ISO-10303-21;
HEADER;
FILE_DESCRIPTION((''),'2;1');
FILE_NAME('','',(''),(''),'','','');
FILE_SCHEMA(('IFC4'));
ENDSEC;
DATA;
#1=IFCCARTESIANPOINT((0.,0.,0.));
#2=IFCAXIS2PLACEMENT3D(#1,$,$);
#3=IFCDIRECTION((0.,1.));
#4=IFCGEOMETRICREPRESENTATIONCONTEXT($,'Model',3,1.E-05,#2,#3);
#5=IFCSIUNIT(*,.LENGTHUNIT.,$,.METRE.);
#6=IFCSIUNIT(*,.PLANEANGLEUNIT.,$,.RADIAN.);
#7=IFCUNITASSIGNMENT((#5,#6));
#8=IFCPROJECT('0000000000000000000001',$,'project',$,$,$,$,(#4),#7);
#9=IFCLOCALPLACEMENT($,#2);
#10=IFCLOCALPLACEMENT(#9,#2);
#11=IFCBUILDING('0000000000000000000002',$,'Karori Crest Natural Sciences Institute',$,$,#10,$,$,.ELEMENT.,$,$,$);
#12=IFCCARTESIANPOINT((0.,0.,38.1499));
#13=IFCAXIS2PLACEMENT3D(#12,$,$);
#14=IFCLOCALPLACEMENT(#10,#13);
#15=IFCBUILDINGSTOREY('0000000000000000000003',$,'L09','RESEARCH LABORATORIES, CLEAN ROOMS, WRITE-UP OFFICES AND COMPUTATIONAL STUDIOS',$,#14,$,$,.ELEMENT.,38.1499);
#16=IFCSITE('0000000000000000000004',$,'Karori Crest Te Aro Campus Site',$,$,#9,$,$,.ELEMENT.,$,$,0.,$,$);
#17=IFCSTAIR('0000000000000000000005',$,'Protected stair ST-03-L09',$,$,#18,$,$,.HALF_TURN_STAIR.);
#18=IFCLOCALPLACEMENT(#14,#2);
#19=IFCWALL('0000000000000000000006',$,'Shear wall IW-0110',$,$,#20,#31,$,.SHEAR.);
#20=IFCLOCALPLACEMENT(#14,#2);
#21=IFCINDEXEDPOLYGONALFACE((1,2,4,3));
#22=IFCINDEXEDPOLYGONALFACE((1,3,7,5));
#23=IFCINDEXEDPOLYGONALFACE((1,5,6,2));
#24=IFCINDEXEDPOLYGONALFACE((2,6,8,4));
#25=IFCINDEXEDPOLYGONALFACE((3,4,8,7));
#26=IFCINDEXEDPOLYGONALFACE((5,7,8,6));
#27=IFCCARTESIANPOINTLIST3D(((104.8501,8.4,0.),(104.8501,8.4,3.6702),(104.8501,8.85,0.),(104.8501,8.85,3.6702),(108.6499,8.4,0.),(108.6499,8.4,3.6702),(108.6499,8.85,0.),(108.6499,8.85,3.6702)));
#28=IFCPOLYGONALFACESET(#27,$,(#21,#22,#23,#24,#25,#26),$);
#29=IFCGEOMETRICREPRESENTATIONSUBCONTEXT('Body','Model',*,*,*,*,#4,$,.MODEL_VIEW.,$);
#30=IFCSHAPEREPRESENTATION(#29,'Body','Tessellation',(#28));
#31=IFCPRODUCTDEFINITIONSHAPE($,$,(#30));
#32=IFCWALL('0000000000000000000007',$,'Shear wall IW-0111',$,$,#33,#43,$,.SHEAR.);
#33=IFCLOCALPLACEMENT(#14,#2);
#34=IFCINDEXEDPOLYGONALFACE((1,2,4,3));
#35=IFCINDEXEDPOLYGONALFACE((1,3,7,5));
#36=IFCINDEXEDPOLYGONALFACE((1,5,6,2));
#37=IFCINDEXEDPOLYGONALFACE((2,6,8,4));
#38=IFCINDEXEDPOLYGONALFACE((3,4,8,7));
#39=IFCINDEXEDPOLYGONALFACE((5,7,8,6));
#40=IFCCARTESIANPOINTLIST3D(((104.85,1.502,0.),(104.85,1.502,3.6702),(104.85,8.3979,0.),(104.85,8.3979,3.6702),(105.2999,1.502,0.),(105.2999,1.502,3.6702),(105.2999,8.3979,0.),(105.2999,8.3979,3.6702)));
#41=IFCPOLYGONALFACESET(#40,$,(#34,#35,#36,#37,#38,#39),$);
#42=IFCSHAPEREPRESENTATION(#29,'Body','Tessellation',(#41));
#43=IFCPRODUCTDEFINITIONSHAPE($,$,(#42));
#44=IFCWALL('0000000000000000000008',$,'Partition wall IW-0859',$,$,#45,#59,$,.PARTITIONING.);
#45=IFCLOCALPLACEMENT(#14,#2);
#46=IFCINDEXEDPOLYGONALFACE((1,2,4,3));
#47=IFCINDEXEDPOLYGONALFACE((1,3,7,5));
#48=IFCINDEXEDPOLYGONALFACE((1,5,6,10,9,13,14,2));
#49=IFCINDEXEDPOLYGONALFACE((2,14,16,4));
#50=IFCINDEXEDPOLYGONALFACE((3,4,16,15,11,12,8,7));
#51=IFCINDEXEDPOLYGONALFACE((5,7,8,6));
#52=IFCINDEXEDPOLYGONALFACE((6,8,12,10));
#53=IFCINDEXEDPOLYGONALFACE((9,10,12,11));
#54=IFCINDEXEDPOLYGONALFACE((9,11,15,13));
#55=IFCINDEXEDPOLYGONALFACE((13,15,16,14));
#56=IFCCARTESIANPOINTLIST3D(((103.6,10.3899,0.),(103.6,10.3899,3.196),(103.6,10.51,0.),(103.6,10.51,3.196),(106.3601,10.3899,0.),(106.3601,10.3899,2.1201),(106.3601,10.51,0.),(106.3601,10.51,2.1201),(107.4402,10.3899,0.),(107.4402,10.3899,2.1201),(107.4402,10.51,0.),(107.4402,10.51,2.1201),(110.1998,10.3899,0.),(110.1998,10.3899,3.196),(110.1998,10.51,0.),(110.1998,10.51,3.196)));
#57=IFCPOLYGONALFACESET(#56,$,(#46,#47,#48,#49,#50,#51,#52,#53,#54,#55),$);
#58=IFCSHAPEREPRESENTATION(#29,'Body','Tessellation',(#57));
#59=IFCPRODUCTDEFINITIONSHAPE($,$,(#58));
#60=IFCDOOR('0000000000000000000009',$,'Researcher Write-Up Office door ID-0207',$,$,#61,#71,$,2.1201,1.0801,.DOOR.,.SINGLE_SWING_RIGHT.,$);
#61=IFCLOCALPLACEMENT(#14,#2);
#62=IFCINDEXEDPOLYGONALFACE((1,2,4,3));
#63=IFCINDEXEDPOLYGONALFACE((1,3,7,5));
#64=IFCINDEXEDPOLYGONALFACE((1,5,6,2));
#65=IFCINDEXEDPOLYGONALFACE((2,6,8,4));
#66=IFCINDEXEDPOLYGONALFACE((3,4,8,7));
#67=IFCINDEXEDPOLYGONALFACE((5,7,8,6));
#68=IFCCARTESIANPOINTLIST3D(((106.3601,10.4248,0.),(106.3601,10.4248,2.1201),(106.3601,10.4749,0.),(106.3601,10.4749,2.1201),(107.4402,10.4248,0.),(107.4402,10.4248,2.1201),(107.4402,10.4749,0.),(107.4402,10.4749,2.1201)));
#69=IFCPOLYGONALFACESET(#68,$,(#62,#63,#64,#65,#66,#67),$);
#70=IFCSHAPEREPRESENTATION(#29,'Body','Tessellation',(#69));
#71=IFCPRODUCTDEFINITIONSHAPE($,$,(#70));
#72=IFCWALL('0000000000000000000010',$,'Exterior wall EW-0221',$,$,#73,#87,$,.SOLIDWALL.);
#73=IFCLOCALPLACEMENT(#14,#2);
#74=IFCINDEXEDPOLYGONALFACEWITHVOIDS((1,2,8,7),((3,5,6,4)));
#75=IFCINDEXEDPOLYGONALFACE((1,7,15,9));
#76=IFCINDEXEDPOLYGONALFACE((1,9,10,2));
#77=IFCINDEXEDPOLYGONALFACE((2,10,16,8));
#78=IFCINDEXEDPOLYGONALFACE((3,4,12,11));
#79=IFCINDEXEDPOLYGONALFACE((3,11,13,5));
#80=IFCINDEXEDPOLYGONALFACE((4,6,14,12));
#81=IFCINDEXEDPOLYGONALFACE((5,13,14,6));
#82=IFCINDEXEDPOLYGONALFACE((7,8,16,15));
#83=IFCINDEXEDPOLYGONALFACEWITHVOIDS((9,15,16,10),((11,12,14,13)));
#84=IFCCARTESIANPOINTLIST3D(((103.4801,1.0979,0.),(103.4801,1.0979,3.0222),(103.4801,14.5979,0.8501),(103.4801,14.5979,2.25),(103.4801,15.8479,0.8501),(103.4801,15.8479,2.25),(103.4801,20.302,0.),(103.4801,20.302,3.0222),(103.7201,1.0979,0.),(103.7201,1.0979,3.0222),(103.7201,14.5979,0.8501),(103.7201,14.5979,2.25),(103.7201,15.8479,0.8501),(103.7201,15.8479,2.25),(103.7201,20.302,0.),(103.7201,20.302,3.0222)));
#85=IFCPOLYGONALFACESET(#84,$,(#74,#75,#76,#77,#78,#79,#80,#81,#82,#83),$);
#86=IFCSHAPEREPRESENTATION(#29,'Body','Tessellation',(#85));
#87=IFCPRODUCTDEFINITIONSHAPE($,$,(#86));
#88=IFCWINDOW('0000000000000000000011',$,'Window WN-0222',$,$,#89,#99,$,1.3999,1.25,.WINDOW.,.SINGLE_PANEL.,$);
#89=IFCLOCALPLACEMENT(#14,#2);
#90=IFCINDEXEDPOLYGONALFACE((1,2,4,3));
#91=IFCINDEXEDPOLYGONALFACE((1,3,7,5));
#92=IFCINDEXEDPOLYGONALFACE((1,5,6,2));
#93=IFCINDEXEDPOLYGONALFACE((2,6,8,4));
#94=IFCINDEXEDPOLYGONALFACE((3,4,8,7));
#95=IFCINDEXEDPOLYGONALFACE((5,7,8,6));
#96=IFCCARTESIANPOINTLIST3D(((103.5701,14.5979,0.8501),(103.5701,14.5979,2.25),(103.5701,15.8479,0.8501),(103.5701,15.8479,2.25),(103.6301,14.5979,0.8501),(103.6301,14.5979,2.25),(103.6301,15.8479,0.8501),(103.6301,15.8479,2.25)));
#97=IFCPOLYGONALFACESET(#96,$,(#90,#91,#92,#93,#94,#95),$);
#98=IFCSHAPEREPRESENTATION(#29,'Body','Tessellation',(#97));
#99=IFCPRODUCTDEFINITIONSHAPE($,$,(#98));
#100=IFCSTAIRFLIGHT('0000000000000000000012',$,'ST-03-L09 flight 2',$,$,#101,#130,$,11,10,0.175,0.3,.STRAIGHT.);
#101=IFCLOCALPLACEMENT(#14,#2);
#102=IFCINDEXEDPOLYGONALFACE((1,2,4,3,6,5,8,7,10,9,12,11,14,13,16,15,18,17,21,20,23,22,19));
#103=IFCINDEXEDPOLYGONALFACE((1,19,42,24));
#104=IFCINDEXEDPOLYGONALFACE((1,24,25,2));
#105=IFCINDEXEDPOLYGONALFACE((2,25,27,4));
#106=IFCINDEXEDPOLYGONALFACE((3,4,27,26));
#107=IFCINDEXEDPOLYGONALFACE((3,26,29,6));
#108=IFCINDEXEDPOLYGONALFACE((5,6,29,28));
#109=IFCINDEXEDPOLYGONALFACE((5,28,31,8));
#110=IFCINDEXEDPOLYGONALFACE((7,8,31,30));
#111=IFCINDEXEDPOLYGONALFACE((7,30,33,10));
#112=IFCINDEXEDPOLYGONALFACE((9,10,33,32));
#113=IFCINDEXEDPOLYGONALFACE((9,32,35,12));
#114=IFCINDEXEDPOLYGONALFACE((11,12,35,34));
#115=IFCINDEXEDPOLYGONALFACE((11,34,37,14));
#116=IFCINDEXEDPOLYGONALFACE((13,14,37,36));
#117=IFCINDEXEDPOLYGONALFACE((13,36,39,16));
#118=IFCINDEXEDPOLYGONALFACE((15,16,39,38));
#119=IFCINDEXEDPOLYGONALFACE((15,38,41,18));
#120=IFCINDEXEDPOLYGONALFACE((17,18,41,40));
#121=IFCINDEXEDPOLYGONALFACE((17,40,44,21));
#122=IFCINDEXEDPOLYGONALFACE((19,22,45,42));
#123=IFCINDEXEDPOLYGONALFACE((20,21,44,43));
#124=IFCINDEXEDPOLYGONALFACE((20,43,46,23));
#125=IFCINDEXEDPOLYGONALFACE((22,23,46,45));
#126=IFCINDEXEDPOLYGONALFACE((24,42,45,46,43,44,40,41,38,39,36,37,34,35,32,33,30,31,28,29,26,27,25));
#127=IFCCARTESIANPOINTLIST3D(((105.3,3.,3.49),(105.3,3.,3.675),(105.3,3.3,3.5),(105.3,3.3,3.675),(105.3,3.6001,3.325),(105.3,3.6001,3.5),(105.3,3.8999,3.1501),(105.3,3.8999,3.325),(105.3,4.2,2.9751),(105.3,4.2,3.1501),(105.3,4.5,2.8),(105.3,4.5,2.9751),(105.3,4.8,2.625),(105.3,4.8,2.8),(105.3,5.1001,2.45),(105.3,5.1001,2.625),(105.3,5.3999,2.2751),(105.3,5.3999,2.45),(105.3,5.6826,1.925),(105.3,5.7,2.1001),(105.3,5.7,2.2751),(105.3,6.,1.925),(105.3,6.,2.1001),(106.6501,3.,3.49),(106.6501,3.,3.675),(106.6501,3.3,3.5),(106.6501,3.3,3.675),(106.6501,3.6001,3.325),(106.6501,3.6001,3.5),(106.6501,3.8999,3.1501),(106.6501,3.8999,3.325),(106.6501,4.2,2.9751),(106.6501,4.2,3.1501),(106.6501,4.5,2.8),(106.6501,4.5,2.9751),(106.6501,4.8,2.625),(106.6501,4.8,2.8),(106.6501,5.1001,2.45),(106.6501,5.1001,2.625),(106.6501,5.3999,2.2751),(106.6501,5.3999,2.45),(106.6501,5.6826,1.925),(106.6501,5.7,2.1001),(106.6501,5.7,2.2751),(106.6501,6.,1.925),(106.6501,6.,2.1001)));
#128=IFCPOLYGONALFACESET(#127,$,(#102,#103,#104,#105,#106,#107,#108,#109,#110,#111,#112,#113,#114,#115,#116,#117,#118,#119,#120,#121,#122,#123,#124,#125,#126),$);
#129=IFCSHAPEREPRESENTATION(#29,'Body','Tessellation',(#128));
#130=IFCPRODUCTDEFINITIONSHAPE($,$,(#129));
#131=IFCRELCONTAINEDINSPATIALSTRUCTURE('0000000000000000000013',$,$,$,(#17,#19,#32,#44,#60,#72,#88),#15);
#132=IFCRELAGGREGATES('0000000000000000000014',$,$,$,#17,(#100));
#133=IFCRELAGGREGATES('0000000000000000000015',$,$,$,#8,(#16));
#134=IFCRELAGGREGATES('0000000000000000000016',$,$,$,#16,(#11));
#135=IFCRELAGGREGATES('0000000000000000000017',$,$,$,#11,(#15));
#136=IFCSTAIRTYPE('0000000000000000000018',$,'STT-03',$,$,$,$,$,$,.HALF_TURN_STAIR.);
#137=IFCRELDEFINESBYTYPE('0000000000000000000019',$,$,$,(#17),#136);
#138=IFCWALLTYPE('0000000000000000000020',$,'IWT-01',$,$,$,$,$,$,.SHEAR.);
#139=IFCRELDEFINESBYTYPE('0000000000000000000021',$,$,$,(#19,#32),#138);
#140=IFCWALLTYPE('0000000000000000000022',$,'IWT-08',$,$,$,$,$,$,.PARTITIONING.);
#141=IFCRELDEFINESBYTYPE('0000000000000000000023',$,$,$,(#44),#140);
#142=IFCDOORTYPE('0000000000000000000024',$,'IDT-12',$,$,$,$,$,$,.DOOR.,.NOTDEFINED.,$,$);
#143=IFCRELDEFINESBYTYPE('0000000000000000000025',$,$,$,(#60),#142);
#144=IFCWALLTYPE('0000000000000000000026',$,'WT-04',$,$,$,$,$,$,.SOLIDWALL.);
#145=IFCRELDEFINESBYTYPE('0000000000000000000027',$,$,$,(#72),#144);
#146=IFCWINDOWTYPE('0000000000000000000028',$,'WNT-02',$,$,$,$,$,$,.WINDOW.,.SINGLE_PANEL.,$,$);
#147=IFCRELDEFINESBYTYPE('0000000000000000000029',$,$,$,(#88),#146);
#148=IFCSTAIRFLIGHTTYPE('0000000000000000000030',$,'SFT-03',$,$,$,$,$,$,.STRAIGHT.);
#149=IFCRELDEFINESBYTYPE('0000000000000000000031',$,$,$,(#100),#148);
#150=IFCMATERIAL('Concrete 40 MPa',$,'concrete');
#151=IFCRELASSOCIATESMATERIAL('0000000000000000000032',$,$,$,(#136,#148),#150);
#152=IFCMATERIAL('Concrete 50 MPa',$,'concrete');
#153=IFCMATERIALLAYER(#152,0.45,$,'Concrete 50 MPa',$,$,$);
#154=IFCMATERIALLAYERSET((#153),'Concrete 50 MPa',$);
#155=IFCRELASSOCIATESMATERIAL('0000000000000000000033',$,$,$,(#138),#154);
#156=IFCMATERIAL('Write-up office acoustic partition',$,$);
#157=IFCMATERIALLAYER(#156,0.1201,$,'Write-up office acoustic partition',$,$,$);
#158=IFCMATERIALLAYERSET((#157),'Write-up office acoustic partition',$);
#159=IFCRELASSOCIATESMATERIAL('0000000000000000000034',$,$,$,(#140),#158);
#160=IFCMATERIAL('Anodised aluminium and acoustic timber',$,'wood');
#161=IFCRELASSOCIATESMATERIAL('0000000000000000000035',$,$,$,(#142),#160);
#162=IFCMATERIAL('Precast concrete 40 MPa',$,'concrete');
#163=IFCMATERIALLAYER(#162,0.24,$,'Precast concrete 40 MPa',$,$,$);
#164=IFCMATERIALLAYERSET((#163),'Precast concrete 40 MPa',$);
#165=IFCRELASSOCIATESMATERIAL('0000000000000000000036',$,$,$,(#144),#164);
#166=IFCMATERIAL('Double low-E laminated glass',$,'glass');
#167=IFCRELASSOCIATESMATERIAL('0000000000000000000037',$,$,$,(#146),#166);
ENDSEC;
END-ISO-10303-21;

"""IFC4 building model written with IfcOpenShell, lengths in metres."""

from ifc_helpers import new_model, si_unit, direction, frame, frame_2d, origin, place, context, subcontext, project, spatial, polyline, rectangle, outline, extrude, material, layer, layer_set, type_object, element, fill, aggregate, save


model = new_model("IFC4")

# Units and contexts
model_context = context("Model", 3, precision=1e-05, world=origin(), true_north=direction((0.0, 1.0)))
body_context = subcontext(model_context, "Body", "Model", "MODEL_VIEW")
ifc_project = project(units=[si_unit("LENGTHUNIT", "METRE"), si_unit("PLANEANGLEUNIT", "RADIAN")], contexts=[model_context])

# Site, building, storey
site_placement = place(None, origin())
site = spatial("IfcSite", under=ifc_project, at=site_placement, Name="Karori Crest Te Aro Campus Site", CompositionType="ELEMENT", RefElevation=0.0)
building_placement = place(site_placement, origin())
building = spatial("IfcBuilding", under=site, at=building_placement, Name="Karori Crest Natural Sciences Institute", CompositionType="ELEMENT")
storey_placement = place(building_placement, frame((0.0, 0.0, 38.1499)))
storey = spatial("IfcBuildingStorey", under=building, at=storey_placement, Name="L09", Description="RESEARCH LABORATORIES, CLEAN ROOMS, WRITE-UP OFFICES AND COMPUTATIONAL STUDIOS", CompositionType="ELEMENT", Elevation=38.1499)

# Shared definitions
ifc_material_1 = material(Name="Concrete 50 MPa", Category="concrete")

# Shared definitions
ifc_material_2 = material(Name="Double low-E laminated glass", Category="glass")

# Shared definitions
ifc_material_3 = material(Name="Concrete 40 MPa", Category="concrete")

# Stair
stair_type = type_object("IfcStairType", Name="STT-03", PredefinedType="HALF_TURN_STAIR", material=ifc_material_3)
stair_1_placement = place(storey_placement, origin())
stair_1 = element("IfcStair", 1, at=stair_1_placement, inside=storey, type_object=stair_type, Name="Protected stair ST-03-L09", PredefinedType="HALF_TURN_STAIR")

# Walls
ifc_layer_1 = layer(ifc_material_1, 0.45, Name="Concrete 50 MPa")
ifc_layer_set_1 = layer_set([ifc_layer_1], Name="Concrete 50 MPa")
wall_type_1 = type_object("IfcWallType", Name="IWT-01", PredefinedType="SHEAR", material=ifc_layer_set_1)
for number, where, z_axis, x_axis, name in (
    (2, (104.8501, 8.625, 0.0), (0.0, 0.0, 1.0), (1.0, 0.0, 0.0), "Shear wall IW-0110"),
):
    element("IfcWall", number, at=place(storey_placement, frame(where, z_axis=z_axis, x_axis=x_axis)), inside=storey, type_object=wall_type_1, Name=name, PredefinedType="SHEAR", context=body_context, shape_type="SweptSolid", body=[
        extrude(rectangle(XDim=3.7998, YDim=0.45, at=frame_2d((1.8999, 0.0))), origin(), (0.0, 0.0, 1.0), 3.6702),
    ])
wall_1_placement = place(storey_placement, frame((105.075, 1.502, 0.0), z_axis=(0.0, 0.0, 1.0), x_axis=(0.0, 1.0, 0.0)))
element("IfcWall", 3, at=wall_1_placement, inside=storey, type_object=wall_type_1, Name="Shear wall IW-0111", PredefinedType="SHEAR", context=body_context, shape_type="SweptSolid", body=[
    extrude(rectangle(XDim=6.896, YDim=0.45, at=frame_2d((3.448, 0.0))), origin(), (0.0, 0.0, 1.0), 3.6702),
])

# Wall, opening, door
ifc_material_4 = material(Name="Write-up office acoustic partition")
ifc_layer_2 = layer(ifc_material_4, 0.1201, Name="Write-up office acoustic partition")
ifc_layer_set_2 = layer_set([ifc_layer_2], Name="Write-up office acoustic partition")
wall_type_2 = type_object("IfcWallType", Name="IWT-08", PredefinedType="PARTITIONING", material=ifc_layer_set_2)
wall_2_placement = place(storey_placement, frame((103.6001, 10.45, 0.0), z_axis=(0.0, 0.0, 1.0), x_axis=(1.0, 0.0, 0.0)))
wall_2 = element("IfcWall", 4, at=wall_2_placement, inside=storey, type_object=wall_type_2, Name="Partition wall IW-0859", PredefinedType="PARTITIONING", context=body_context, shape_type="SweptSolid", body=[
    extrude(rectangle(XDim=6.5999, YDim=0.1201, at=frame_2d((3.2998, 0.0))), origin(), (0.0, 0.0, 1.0), 3.196),
])
opening_1_placement = place(wall_2_placement, frame((2.76, 0.0, 0.0)))
opening_1 = element("IfcOpeningElement", 5, at=opening_1_placement, cuts=wall_2, PredefinedType="OPENING", context=body_context, shape_type="SweptSolid", body=[
    extrude(rectangle(XDim=1.0801, YDim=2.1201, at=frame_2d((0.54, 1.0601))), frame((0.0, 0.0701, 0.0), z_axis=(0.0, -1.0, 0.0), x_axis=(1.0, 0.0, 0.0)), (0.0, 0.0, 1.0), 0.1401),
])
ifc_material_5 = material(Name="Anodised aluminium and acoustic timber", Category="wood")
door_type = type_object("IfcDoorType", Name="IDT-12", OperationType="NOTDEFINED", PredefinedType="DOOR", material=ifc_material_5)
door_placement = place(opening_1_placement, origin())
door = element("IfcDoor", 6, at=door_placement, inside=storey, type_object=door_type, Name="Researcher Write-Up Office door ID-0207", OperationType="SINGLE_SWING_RIGHT", OverallHeight=2.1201, OverallWidth=1.0801, PredefinedType="DOOR", context=body_context, shape_type="SweptSolid", body=[
    extrude(rectangle(XDim=1.0801, YDim=2.1201, at=frame_2d((0.54, 1.0601))), frame((0.0, 0.0249, 0.0), z_axis=(0.0, -1.0, 0.0), x_axis=(1.0, 0.0, 0.0)), (0.0, 0.0, 1.0), 0.05),
])
fill(opening_1, door)

# Wall, opening, window
ifc_material_6 = material(Name="Precast concrete 40 MPa", Category="concrete")
ifc_layer_3 = layer(ifc_material_6, 0.24, Name="Precast concrete 40 MPa")
ifc_layer_set_3 = layer_set([ifc_layer_3], Name="Precast concrete 40 MPa")
wall_type_3 = type_object("IfcWallType", Name="WT-04", PredefinedType="SOLIDWALL", material=ifc_layer_set_3)
wall_3_placement = place(storey_placement, frame((103.6001, 1.0979, 0.0), z_axis=(0.0, 0.0, 1.0), x_axis=(0.0, 1.0, 0.0)))
wall_3 = element("IfcWall", 7, at=wall_3_placement, inside=storey, type_object=wall_type_3, Name="Exterior wall EW-0221", PredefinedType="SOLIDWALL", context=body_context, shape_type="SweptSolid", body=[
    extrude(rectangle(XDim=19.2041, YDim=0.24, at=frame_2d((9.6021, 0.0))), origin(), (0.0, 0.0, 1.0), 3.0222),
])
opening_2_placement = place(wall_3_placement, frame((13.5, 0.0, 0.8501)))
opening_2 = element("IfcOpeningElement", 8, at=opening_2_placement, cuts=wall_3, PredefinedType="OPENING", context=body_context, shape_type="SweptSolid", body=[
    extrude(rectangle(XDim=1.25, YDim=1.3999, at=frame_2d((0.625, 0.7))), frame((0.0, 0.1299, 0.0), z_axis=(0.0, -1.0, 0.0), x_axis=(1.0, 0.0, 0.0)), (0.0, 0.0, 1.0), 0.26),
])
window_type = type_object("IfcWindowType", Name="WNT-02", PartitioningType="SINGLE_PANEL", PredefinedType="WINDOW", material=ifc_material_2)
window_placement = place(opening_2_placement, origin())
window = element("IfcWindow", 9, at=window_placement, inside=storey, type_object=window_type, Name="Window WN-0222", OverallHeight=1.3999, OverallWidth=1.25, PartitioningType="SINGLE_PANEL", PredefinedType="WINDOW", context=body_context, shape_type="SweptSolid", body=[
    extrude(rectangle(XDim=1.25, YDim=1.3999, at=frame_2d((0.625, 0.7))), frame((0.0, 0.03, 0.0), z_axis=(0.0, -1.0, 0.0), x_axis=(1.0, 0.0, 0.0)), (0.0, 0.0, 1.0), 0.0601),
])
fill(opening_2, window)

# Stair flight
stair_flight_type = type_object("IfcStairFlightType", Name="SFT-03", PredefinedType="STRAIGHT", material=ifc_material_3)
stair_flight_placement = place(storey_placement, frame((105.9751, 6.0, 1.925), z_axis=(0.0, 0.0, 1.0), x_axis=(0.0, -1.0, 0.0)))
stair_flight = element("IfcStairFlight", 10, at=stair_flight_placement, type_object=stair_flight_type, Name="ST-03-L09 flight 2", NumberOfRisers=11, NumberOfTreads=10, PredefinedType="STRAIGHT", RiserHeight=0.175, TreadLength=0.3, context=body_context, shape_type="SweptSolid", body=[
    extrude(outline(polyline([(0.0, 0.0), (0.0, 0.175), (0.3, 0.175), (0.3, 0.3501), (0.6001, 0.3501), (0.6001, 0.5249), (0.8999, 0.5249), (0.8999, 0.7), (1.2, 0.7), (1.2, 0.875), (1.5, 0.875), (1.5, 1.05), (1.8, 1.05), (1.8, 1.2251), (2.1001, 1.2251), (2.1001, 1.3999), (2.3999, 1.3999), (2.3999, 1.575), (2.7, 1.575), (2.7, 1.75), (3.0, 1.75), (3.0, 1.925), (3.0, 1.5649), (0.3174, 0.0), (0.0, 0.0)])), frame((0.0, 0.675, 0.0), z_axis=(0.0, -1.0, 0.0), x_axis=(1.0, 0.0, 0.0)), (0.0, 0.0, 1.0), 1.3501),
])
aggregate(stair_1, [stair_flight])

save(model, "model.ifc")
